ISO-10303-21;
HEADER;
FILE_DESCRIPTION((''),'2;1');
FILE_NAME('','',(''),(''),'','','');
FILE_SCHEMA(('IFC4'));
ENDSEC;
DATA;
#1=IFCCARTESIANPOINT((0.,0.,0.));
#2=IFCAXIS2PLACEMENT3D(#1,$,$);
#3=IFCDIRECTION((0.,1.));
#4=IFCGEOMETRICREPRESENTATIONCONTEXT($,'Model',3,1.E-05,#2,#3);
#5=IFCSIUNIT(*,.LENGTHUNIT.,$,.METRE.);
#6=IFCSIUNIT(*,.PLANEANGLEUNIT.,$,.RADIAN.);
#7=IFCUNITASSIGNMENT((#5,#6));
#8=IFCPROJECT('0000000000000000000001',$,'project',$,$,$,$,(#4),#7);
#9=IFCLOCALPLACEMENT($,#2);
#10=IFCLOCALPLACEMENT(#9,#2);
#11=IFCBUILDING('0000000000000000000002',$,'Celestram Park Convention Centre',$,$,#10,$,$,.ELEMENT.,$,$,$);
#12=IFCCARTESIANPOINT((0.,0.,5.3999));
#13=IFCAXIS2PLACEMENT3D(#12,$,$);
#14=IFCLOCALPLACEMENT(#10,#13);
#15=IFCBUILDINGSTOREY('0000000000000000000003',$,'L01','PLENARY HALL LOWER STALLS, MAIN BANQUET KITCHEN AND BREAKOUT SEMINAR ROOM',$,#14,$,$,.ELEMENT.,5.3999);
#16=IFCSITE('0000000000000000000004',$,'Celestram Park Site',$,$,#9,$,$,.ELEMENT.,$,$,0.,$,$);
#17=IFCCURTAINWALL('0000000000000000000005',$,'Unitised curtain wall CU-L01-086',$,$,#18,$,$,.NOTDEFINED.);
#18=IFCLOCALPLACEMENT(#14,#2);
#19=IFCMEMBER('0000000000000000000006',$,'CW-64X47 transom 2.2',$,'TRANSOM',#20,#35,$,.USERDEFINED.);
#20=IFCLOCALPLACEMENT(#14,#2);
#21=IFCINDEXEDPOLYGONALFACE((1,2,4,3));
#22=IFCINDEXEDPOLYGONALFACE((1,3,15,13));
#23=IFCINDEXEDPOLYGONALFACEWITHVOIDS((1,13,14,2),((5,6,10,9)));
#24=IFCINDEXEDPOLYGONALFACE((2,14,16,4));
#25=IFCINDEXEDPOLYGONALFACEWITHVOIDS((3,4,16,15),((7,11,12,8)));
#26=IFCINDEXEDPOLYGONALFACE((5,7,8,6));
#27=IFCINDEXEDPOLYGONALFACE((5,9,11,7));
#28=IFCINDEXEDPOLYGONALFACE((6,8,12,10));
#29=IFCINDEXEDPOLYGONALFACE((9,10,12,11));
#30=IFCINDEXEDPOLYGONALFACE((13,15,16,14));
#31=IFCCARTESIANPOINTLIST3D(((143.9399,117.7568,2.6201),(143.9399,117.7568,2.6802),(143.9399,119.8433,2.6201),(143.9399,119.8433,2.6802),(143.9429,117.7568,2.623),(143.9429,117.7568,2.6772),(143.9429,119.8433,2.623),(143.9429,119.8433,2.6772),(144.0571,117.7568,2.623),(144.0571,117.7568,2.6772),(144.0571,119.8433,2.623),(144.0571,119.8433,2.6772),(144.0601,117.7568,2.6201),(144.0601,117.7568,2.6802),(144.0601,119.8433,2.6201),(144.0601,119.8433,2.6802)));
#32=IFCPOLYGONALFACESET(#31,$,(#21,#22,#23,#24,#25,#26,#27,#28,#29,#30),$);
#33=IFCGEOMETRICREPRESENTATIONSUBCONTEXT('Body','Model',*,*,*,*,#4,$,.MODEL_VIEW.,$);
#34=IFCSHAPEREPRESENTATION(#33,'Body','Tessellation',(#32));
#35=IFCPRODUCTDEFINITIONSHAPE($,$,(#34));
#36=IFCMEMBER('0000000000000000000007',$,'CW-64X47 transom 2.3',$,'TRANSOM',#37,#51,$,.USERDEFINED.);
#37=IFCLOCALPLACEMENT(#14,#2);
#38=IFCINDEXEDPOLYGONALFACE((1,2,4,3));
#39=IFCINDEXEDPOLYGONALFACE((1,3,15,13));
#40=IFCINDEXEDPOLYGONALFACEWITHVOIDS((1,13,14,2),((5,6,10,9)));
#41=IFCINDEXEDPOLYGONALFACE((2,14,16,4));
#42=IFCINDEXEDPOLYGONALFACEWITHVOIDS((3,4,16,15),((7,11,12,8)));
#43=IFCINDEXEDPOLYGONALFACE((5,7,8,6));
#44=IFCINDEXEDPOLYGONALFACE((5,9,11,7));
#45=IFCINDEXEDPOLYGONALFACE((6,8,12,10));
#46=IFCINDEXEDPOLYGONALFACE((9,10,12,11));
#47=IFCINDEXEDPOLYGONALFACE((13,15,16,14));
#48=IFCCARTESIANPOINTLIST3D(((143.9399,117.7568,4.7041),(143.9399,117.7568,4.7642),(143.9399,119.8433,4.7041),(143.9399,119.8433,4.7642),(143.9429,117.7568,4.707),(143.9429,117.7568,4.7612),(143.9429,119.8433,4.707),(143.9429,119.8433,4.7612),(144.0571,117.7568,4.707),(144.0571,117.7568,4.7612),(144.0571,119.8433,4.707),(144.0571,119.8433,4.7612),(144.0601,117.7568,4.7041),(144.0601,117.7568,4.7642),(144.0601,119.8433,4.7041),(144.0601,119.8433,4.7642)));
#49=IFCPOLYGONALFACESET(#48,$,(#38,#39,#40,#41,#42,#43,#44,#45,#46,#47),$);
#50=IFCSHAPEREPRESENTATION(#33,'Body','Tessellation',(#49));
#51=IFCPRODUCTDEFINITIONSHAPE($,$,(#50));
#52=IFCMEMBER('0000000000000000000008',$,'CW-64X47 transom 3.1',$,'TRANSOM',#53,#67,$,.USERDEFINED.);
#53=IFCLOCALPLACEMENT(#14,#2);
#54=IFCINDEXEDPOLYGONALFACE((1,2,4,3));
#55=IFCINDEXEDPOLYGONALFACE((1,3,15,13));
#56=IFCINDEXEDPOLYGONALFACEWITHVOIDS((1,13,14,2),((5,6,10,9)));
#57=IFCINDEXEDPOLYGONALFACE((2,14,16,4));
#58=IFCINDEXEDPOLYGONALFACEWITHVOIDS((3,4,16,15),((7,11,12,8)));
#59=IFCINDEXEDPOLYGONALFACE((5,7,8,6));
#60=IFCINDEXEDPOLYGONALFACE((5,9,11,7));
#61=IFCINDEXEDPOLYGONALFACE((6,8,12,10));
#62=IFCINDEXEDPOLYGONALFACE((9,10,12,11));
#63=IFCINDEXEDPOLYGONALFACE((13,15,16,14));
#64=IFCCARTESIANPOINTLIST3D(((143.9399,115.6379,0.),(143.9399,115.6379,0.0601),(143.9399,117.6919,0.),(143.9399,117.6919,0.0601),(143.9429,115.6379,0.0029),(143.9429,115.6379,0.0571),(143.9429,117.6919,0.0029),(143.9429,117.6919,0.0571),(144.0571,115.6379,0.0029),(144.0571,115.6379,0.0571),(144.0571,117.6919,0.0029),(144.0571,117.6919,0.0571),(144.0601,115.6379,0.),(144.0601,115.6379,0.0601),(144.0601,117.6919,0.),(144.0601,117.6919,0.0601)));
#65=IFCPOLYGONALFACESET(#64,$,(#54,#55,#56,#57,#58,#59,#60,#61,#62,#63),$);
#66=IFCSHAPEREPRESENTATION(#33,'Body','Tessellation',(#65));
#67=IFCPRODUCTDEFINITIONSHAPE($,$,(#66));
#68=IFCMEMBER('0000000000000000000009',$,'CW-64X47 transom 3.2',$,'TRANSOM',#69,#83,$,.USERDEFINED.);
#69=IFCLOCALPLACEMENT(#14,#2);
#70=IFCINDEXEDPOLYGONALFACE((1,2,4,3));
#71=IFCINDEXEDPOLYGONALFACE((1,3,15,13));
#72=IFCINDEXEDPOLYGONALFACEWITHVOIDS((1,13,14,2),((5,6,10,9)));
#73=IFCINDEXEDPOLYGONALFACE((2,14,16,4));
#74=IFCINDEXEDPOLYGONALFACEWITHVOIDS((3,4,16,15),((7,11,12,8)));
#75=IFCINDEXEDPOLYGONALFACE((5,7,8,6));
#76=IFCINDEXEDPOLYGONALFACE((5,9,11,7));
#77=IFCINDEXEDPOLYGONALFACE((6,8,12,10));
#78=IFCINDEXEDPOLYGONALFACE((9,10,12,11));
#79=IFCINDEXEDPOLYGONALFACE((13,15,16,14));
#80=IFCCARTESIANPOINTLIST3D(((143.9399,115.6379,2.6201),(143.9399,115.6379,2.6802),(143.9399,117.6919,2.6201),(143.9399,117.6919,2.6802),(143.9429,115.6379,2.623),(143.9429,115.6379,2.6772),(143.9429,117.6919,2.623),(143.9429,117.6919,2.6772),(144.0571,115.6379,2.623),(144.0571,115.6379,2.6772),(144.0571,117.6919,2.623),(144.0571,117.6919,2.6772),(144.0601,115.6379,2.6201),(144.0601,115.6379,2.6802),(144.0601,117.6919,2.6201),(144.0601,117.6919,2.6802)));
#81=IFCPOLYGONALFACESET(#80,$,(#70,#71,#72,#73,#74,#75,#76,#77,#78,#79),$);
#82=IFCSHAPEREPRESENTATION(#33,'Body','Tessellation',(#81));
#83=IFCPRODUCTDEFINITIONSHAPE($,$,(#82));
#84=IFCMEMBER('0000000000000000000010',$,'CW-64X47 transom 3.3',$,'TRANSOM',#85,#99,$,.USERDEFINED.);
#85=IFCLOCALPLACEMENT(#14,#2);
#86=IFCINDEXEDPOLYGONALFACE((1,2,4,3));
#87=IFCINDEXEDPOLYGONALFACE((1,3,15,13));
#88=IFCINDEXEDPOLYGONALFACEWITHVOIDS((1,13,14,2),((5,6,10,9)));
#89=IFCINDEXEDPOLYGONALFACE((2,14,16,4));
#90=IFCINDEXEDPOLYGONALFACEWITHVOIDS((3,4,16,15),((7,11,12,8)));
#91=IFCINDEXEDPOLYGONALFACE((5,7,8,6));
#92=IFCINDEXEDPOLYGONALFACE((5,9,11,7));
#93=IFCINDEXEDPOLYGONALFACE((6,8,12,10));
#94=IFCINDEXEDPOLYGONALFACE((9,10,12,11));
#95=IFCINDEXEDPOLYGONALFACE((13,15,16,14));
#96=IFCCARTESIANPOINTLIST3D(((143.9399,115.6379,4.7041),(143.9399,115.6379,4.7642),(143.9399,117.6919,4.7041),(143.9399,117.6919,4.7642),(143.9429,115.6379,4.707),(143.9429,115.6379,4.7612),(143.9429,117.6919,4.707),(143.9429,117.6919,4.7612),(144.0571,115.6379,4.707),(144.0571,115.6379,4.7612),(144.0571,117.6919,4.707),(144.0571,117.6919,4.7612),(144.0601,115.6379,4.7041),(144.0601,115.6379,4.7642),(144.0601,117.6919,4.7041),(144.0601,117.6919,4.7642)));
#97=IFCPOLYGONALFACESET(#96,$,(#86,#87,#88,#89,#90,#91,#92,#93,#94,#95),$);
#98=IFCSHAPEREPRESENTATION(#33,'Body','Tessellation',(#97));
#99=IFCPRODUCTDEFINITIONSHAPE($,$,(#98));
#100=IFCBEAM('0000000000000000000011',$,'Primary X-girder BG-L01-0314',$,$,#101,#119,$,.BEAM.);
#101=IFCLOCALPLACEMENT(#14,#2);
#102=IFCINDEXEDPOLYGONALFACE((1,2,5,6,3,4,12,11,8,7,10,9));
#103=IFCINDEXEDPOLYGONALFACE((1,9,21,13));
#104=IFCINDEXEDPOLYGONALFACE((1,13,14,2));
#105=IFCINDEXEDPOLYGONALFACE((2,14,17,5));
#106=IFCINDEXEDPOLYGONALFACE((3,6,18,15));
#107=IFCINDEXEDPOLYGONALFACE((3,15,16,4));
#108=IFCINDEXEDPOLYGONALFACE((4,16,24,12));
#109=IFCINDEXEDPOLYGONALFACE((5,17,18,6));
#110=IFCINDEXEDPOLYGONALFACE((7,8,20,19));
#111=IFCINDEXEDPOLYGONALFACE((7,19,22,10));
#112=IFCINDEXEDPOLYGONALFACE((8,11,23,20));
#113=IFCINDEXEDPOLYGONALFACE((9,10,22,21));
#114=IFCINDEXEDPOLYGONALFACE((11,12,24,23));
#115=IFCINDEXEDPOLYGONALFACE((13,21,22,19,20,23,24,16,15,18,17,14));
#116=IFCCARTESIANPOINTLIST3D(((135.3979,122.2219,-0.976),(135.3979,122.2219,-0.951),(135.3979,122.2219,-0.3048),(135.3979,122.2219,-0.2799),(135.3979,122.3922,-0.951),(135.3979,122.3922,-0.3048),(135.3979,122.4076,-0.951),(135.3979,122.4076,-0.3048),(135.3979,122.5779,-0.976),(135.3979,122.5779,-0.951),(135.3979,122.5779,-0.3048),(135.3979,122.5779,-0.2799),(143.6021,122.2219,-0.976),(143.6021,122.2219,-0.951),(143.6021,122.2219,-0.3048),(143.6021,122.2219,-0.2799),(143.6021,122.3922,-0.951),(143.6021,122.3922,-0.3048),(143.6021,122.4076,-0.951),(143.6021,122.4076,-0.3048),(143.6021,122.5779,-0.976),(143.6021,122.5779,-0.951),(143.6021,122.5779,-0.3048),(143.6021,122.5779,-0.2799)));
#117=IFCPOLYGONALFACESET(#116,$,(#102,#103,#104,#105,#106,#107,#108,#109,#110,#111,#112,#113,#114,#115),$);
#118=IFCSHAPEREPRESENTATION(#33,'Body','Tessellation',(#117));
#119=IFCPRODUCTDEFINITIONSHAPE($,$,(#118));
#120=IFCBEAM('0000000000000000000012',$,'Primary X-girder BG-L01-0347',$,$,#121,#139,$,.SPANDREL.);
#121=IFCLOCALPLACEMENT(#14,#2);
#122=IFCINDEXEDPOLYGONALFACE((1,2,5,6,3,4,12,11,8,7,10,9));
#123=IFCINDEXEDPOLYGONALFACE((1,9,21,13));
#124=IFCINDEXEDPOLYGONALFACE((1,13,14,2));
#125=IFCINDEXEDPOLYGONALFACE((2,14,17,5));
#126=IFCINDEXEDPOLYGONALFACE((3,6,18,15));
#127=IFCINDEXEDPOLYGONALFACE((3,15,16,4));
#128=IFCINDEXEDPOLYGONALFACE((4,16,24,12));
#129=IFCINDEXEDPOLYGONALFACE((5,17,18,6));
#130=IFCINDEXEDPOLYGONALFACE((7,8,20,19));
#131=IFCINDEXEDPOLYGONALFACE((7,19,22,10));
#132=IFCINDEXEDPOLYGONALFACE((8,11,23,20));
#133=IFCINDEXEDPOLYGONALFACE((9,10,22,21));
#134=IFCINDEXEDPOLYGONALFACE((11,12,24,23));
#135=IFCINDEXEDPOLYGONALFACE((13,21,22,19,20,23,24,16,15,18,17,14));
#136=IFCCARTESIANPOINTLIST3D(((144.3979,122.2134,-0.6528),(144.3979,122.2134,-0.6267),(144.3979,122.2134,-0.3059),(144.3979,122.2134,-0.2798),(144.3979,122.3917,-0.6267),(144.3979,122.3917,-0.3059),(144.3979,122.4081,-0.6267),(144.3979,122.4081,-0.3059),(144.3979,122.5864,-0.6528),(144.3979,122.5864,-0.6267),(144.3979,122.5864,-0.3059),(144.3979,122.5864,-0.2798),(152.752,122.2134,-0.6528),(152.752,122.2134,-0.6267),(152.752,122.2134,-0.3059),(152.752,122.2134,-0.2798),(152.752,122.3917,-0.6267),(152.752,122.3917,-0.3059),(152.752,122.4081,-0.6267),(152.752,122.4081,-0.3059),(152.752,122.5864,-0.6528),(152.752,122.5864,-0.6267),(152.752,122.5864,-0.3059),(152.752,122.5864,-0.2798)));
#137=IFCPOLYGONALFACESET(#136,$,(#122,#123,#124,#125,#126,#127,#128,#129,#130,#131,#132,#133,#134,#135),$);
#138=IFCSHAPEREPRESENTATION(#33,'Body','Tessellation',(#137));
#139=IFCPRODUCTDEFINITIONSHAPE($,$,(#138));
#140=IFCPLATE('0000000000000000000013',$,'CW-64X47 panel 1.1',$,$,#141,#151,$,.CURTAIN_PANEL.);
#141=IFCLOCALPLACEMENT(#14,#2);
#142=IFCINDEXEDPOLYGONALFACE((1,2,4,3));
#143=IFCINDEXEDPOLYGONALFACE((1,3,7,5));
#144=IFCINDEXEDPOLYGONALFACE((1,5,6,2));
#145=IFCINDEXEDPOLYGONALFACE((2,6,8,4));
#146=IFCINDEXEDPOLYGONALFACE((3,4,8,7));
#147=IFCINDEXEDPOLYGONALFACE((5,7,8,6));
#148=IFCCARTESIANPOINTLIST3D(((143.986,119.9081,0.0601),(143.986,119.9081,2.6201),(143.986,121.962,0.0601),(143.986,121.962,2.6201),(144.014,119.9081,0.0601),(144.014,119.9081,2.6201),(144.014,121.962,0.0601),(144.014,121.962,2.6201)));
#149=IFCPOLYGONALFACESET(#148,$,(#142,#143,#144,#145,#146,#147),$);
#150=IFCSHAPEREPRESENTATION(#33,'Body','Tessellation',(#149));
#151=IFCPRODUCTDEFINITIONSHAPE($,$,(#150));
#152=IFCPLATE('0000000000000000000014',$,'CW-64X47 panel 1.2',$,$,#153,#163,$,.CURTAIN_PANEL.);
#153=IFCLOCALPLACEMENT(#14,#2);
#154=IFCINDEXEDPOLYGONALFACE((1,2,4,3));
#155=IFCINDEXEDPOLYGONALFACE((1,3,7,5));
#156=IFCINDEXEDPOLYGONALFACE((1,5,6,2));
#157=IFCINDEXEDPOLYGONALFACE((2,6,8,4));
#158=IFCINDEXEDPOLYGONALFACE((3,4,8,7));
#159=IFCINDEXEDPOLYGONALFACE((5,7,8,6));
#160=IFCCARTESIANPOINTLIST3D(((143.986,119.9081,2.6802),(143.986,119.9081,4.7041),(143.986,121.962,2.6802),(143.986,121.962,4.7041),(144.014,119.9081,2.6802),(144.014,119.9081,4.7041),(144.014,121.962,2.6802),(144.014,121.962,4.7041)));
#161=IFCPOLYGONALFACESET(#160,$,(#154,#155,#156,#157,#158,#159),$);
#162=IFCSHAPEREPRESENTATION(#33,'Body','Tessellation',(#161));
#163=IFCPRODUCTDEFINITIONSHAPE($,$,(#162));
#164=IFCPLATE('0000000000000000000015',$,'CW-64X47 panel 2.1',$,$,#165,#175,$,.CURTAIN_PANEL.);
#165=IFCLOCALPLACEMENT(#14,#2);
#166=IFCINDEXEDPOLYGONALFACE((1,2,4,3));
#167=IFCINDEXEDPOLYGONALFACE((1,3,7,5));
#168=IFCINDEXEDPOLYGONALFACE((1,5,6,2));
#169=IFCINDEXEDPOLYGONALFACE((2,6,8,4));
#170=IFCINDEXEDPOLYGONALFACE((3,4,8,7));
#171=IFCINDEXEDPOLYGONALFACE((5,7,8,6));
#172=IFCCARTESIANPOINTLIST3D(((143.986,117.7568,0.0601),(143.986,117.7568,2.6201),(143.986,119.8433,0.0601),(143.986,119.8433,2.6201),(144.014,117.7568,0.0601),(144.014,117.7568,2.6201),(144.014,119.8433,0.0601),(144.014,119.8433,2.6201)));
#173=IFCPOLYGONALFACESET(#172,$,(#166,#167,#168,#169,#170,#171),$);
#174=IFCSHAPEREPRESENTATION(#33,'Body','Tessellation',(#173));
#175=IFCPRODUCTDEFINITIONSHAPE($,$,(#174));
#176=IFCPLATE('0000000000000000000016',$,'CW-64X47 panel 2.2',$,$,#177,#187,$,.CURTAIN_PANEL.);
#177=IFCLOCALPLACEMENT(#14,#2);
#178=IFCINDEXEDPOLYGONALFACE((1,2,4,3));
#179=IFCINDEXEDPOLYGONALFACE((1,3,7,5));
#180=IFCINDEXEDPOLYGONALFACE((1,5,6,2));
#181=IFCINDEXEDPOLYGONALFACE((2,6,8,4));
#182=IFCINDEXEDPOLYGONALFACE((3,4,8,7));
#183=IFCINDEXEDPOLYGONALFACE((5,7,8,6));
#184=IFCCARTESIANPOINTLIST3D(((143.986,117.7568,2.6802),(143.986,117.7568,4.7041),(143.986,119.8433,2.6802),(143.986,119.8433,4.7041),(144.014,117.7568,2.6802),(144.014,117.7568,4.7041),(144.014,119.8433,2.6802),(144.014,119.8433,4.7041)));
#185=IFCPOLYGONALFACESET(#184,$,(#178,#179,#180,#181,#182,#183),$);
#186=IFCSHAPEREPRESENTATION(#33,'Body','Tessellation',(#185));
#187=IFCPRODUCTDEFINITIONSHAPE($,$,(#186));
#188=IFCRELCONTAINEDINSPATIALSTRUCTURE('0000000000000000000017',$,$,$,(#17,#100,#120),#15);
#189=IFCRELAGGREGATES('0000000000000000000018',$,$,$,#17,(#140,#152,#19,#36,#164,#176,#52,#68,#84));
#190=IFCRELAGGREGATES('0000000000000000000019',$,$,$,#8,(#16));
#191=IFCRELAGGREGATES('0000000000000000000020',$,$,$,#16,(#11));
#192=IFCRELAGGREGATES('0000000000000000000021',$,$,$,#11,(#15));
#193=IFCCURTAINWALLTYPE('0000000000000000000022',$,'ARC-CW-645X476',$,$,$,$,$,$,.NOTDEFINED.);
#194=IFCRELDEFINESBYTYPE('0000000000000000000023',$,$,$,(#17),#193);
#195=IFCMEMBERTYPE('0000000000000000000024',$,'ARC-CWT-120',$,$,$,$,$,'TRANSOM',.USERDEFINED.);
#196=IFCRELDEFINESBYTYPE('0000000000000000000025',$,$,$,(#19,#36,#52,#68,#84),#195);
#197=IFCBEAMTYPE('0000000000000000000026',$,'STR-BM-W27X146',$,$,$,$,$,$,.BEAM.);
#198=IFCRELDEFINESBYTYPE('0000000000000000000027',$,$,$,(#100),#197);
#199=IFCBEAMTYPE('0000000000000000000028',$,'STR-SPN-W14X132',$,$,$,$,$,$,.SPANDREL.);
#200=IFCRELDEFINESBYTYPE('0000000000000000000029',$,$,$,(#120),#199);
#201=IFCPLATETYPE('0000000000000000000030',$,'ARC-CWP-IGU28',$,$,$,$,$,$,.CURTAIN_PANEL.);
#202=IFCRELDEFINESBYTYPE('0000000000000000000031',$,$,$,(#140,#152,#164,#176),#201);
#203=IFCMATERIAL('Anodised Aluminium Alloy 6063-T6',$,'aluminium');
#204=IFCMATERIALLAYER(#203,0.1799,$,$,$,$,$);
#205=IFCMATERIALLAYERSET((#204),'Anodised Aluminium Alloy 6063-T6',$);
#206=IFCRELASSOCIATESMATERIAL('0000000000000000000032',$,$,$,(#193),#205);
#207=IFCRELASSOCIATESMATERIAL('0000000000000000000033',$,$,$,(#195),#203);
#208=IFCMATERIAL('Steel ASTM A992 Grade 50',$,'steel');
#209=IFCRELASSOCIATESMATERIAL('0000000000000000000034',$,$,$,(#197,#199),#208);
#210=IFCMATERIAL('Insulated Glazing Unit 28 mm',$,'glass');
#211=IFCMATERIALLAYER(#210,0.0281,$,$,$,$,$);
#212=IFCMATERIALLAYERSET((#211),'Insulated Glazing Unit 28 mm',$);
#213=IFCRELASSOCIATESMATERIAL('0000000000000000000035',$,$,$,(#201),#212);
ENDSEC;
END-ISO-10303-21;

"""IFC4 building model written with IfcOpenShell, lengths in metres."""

from ifc_helpers import new_model, si_unit, direction, frame, origin, origin_2d, place, context, subcontext, project, spatial, rectangle, hollow_rectangle, i_section, extrude, material, layer, layer_set, material_profile, profile_set, type_object, element, aggregate, save


model = new_model("IFC4")

# Units and contexts
model_context = context("Model", 3, precision=1e-05, world=origin(), true_north=direction((0.0, 1.0)))
body_context = subcontext(model_context, "Body", "Model", "MODEL_VIEW")
ifc_project = project(units=[si_unit("LENGTHUNIT", "METRE"), si_unit("PLANEANGLEUNIT", "RADIAN")], contexts=[model_context])

# Site, building, storey
site_placement = place(None, origin())
site = spatial("IfcSite", under=ifc_project, at=site_placement, Name="Celestram Park Site", CompositionType="ELEMENT", RefElevation=0.0)
building_placement = place(site_placement, origin())
building = spatial("IfcBuilding", under=site, at=building_placement, Name="Celestram Park Convention Centre", CompositionType="ELEMENT")
storey_placement = place(building_placement, frame((0.0, 0.0, 5.3999)))
storey = spatial("IfcBuildingStorey", under=building, at=storey_placement, Name="L01", Description="PLENARY HALL LOWER STALLS, MAIN BANQUET KITCHEN AND BREAKOUT SEMINAR ROOM", CompositionType="ELEMENT", Elevation=5.3999)

# Curtain wall
ifc_material_1 = material(Name="Anodised Aluminium Alloy 6063-T6", Category="aluminium")
ifc_layer_1 = layer(ifc_material_1, 0.1799)
ifc_layer_set_1 = layer_set([ifc_layer_1], Name="Anodised Aluminium Alloy 6063-T6")
curtain_wall_type_1 = type_object("IfcCurtainWallType", Name="ARC-CW-645X476", PredefinedType="NOTDEFINED", material=ifc_layer_set_1)
curtain_wall_1_placement = place(storey_placement, origin())
curtain_wall_1 = element("IfcCurtainWall", 1, at=curtain_wall_1_placement, inside=storey, type_object=curtain_wall_type_1, Name="Unitised curtain wall CU-L01-086", PredefinedType="NOTDEFINED")

# Members
ifc_material_profile_1 = material_profile(ifc_material_1, hollow_rectangle(XDim=0.1201, YDim=0.0601, WallThickness=0.0029, at=origin_2d()), Name="ALU120X60X3")
ifc_profile_set_1 = profile_set([ifc_material_profile_1], Name="Anodised Aluminium Alloy 6063-T6")
member_type_1 = type_object("IfcMemberType", Name="ARC-CWT-120", ElementType="TRANSOM", PredefinedType="USERDEFINED", material=ifc_profile_set_1)
member_1_placement = place(storey_placement, frame((144.0, 119.8433, 2.6501), z_axis=(0.0, -1.0, 0.0), x_axis=(1.0, 0.0, 0.0)))
member_1 = element("IfcMember", 2, at=member_1_placement, type_object=member_type_1, Name="CW-64X47 transom 2.2", ObjectType="TRANSOM", PredefinedType="USERDEFINED", context=body_context, shape_type="SweptSolid", body=[
    extrude(hollow_rectangle(XDim=0.1201, YDim=0.0601, WallThickness=0.0029, at=origin_2d()), origin(), (0.0, 0.0, 1.0), 2.0864),
])
member_2_placement = place(storey_placement, frame((144.0, 119.8433, 4.7341), z_axis=(0.0, -1.0, 0.0), x_axis=(1.0, 0.0, 0.0)))
member_2 = element("IfcMember", 3, at=member_2_placement, type_object=member_type_1, Name="CW-64X47 transom 2.3", ObjectType="TRANSOM", PredefinedType="USERDEFINED", context=body_context, shape_type="SweptSolid", body=[
    extrude(hollow_rectangle(XDim=0.1201, YDim=0.0601, WallThickness=0.0029, at=origin_2d()), origin(), (0.0, 0.0, 1.0), 2.0864),
])
member_3_placement = place(storey_placement, frame((144.0, 117.6919, 0.03), z_axis=(0.0, -1.0, 0.0), x_axis=(1.0, 0.0, 0.0)))
member_3 = element("IfcMember", 4, at=member_3_placement, type_object=member_type_1, Name="CW-64X47 transom 3.1", ObjectType="TRANSOM", PredefinedType="USERDEFINED", context=body_context, shape_type="SweptSolid", body=[
    extrude(hollow_rectangle(XDim=0.1201, YDim=0.0601, WallThickness=0.0029, at=origin_2d()), origin(), (0.0, 0.0, 1.0), 2.054),
])
member_4_placement = place(storey_placement, frame((144.0, 117.6919, 2.6501), z_axis=(0.0, -1.0, 0.0), x_axis=(1.0, 0.0, 0.0)))
member_4 = element("IfcMember", 5, at=member_4_placement, type_object=member_type_1, Name="CW-64X47 transom 3.2", ObjectType="TRANSOM", PredefinedType="USERDEFINED", context=body_context, shape_type="SweptSolid", body=[
    extrude(hollow_rectangle(XDim=0.1201, YDim=0.0601, WallThickness=0.0029, at=origin_2d()), origin(), (0.0, 0.0, 1.0), 2.054),
])
member_5_placement = place(storey_placement, frame((144.0, 117.6919, 4.7341), z_axis=(0.0, -1.0, 0.0), x_axis=(1.0, 0.0, 0.0)))
member_5 = element("IfcMember", 6, at=member_5_placement, type_object=member_type_1, Name="CW-64X47 transom 3.3", ObjectType="TRANSOM", PredefinedType="USERDEFINED", context=body_context, shape_type="SweptSolid", body=[
    extrude(hollow_rectangle(XDim=0.1201, YDim=0.0601, WallThickness=0.0029, at=origin_2d()), origin(), (0.0, 0.0, 1.0), 2.054),
])

# Beams
ifc_material_2 = material(Name="Steel ASTM A992 Grade 50", Category="steel")
ifc_material_profile_2 = material_profile(ifc_material_2, i_section(OverallWidth=0.356, OverallDepth=0.696, WebThickness=0.0154, FlangeThickness=0.0249, at=origin_2d()), Name="W27X146")
ifc_profile_set_2 = profile_set([ifc_material_profile_2], Name="Steel ASTM A992 Grade 50")
beam_type_1 = type_object("IfcBeamType", Name="STR-BM-W27X146", PredefinedType="BEAM", material=ifc_profile_set_2)
beam_1_placement = place(storey_placement, frame((135.3979, 122.3999, -0.6279), z_axis=(1.0, 0.0, 0.0), x_axis=(0.0, 1.0, 0.0)))
element("IfcBeam", 7, at=beam_1_placement, inside=storey, type_object=beam_type_1, Name="Primary X-girder BG-L01-0314", PredefinedType="BEAM", context=body_context, shape_type="SweptSolid", body=[
    extrude(i_section(OverallWidth=0.356, OverallDepth=0.696, WebThickness=0.0154, FlangeThickness=0.0249, at=origin_2d()), origin(), (0.0, 0.0, 1.0), 8.2041),
])
ifc_material_profile_3 = material_profile(ifc_material_2, i_section(OverallWidth=0.373, OverallDepth=0.373, WebThickness=0.0164, FlangeThickness=0.0261, at=origin_2d()), Name="W14X132")
ifc_profile_set_3 = profile_set([ifc_material_profile_3], Name="Steel ASTM A992 Grade 50")
beam_type_2 = type_object("IfcBeamType", Name="STR-SPN-W14X132", PredefinedType="SPANDREL", material=ifc_profile_set_3)
beam_2_placement = place(storey_placement, frame((144.3979, 122.3999, -0.4663), z_axis=(1.0, 0.0, 0.0), x_axis=(0.0, 1.0, 0.0)))
element("IfcBeam", 8, at=beam_2_placement, inside=storey, type_object=beam_type_2, Name="Primary X-girder BG-L01-0347", PredefinedType="SPANDREL", context=body_context, shape_type="SweptSolid", body=[
    extrude(i_section(OverallWidth=0.373, OverallDepth=0.373, WebThickness=0.0164, FlangeThickness=0.0261, at=origin_2d()), origin(), (0.0, 0.0, 1.0), 8.354),
])

# Plates
ifc_material_3 = material(Name="Insulated Glazing Unit 28 mm", Category="glass")
ifc_layer_2 = layer(ifc_material_3, 0.0281)
ifc_layer_set_2 = layer_set([ifc_layer_2], Name="Insulated Glazing Unit 28 mm")
plate_type = type_object("IfcPlateType", Name="ARC-CWP-IGU28", PredefinedType="CURTAIN_PANEL", material=ifc_layer_set_2)
plate_1_placement = place(storey_placement, frame((144.0, 120.9351, 0.0601), z_axis=(0.0, 0.0, 1.0), x_axis=(0.0, -1.0, 0.0)))
plate_1 = element("IfcPlate", 9, at=plate_1_placement, type_object=plate_type, Name="CW-64X47 panel 1.1", PredefinedType="CURTAIN_PANEL", context=body_context, shape_type="SweptSolid", body=[
    extrude(rectangle(XDim=2.054, YDim=0.0281, at=origin_2d()), origin(), (0.0, 0.0, 1.0), 2.5601),
])
plate_2_placement = place(storey_placement, frame((144.0, 120.9351, 2.6802), z_axis=(0.0, 0.0, 1.0), x_axis=(0.0, -1.0, 0.0)))
plate_2 = element("IfcPlate", 10, at=plate_2_placement, type_object=plate_type, Name="CW-64X47 panel 1.2", PredefinedType="CURTAIN_PANEL", context=body_context, shape_type="SweptSolid", body=[
    extrude(rectangle(XDim=2.054, YDim=0.0281, at=origin_2d()), origin(), (0.0, 0.0, 1.0), 2.0239),
])
plate_3_placement = place(storey_placement, frame((144.0, 118.8, 0.0601), z_axis=(0.0, 0.0, 1.0), x_axis=(0.0, -1.0, 0.0)))
plate_3 = element("IfcPlate", 11, at=plate_3_placement, type_object=plate_type, Name="CW-64X47 panel 2.1", PredefinedType="CURTAIN_PANEL", context=body_context, shape_type="SweptSolid", body=[
    extrude(rectangle(XDim=2.0864, YDim=0.0281, at=origin_2d()), origin(), (0.0, 0.0, 1.0), 2.5601),
])
plate_4_placement = place(storey_placement, frame((144.0, 118.8, 2.6802), z_axis=(0.0, 0.0, 1.0), x_axis=(0.0, -1.0, 0.0)))
plate_4 = element("IfcPlate", 12, at=plate_4_placement, type_object=plate_type, Name="CW-64X47 panel 2.2", PredefinedType="CURTAIN_PANEL", context=body_context, shape_type="SweptSolid", body=[
    extrude(rectangle(XDim=2.0864, YDim=0.0281, at=origin_2d()), origin(), (0.0, 0.0, 1.0), 2.0239),
])
aggregate(curtain_wall_1, [plate_1, plate_2, member_1, member_2, plate_3, plate_4, member_3, member_4, member_5])

save(model, "model.ifc")
